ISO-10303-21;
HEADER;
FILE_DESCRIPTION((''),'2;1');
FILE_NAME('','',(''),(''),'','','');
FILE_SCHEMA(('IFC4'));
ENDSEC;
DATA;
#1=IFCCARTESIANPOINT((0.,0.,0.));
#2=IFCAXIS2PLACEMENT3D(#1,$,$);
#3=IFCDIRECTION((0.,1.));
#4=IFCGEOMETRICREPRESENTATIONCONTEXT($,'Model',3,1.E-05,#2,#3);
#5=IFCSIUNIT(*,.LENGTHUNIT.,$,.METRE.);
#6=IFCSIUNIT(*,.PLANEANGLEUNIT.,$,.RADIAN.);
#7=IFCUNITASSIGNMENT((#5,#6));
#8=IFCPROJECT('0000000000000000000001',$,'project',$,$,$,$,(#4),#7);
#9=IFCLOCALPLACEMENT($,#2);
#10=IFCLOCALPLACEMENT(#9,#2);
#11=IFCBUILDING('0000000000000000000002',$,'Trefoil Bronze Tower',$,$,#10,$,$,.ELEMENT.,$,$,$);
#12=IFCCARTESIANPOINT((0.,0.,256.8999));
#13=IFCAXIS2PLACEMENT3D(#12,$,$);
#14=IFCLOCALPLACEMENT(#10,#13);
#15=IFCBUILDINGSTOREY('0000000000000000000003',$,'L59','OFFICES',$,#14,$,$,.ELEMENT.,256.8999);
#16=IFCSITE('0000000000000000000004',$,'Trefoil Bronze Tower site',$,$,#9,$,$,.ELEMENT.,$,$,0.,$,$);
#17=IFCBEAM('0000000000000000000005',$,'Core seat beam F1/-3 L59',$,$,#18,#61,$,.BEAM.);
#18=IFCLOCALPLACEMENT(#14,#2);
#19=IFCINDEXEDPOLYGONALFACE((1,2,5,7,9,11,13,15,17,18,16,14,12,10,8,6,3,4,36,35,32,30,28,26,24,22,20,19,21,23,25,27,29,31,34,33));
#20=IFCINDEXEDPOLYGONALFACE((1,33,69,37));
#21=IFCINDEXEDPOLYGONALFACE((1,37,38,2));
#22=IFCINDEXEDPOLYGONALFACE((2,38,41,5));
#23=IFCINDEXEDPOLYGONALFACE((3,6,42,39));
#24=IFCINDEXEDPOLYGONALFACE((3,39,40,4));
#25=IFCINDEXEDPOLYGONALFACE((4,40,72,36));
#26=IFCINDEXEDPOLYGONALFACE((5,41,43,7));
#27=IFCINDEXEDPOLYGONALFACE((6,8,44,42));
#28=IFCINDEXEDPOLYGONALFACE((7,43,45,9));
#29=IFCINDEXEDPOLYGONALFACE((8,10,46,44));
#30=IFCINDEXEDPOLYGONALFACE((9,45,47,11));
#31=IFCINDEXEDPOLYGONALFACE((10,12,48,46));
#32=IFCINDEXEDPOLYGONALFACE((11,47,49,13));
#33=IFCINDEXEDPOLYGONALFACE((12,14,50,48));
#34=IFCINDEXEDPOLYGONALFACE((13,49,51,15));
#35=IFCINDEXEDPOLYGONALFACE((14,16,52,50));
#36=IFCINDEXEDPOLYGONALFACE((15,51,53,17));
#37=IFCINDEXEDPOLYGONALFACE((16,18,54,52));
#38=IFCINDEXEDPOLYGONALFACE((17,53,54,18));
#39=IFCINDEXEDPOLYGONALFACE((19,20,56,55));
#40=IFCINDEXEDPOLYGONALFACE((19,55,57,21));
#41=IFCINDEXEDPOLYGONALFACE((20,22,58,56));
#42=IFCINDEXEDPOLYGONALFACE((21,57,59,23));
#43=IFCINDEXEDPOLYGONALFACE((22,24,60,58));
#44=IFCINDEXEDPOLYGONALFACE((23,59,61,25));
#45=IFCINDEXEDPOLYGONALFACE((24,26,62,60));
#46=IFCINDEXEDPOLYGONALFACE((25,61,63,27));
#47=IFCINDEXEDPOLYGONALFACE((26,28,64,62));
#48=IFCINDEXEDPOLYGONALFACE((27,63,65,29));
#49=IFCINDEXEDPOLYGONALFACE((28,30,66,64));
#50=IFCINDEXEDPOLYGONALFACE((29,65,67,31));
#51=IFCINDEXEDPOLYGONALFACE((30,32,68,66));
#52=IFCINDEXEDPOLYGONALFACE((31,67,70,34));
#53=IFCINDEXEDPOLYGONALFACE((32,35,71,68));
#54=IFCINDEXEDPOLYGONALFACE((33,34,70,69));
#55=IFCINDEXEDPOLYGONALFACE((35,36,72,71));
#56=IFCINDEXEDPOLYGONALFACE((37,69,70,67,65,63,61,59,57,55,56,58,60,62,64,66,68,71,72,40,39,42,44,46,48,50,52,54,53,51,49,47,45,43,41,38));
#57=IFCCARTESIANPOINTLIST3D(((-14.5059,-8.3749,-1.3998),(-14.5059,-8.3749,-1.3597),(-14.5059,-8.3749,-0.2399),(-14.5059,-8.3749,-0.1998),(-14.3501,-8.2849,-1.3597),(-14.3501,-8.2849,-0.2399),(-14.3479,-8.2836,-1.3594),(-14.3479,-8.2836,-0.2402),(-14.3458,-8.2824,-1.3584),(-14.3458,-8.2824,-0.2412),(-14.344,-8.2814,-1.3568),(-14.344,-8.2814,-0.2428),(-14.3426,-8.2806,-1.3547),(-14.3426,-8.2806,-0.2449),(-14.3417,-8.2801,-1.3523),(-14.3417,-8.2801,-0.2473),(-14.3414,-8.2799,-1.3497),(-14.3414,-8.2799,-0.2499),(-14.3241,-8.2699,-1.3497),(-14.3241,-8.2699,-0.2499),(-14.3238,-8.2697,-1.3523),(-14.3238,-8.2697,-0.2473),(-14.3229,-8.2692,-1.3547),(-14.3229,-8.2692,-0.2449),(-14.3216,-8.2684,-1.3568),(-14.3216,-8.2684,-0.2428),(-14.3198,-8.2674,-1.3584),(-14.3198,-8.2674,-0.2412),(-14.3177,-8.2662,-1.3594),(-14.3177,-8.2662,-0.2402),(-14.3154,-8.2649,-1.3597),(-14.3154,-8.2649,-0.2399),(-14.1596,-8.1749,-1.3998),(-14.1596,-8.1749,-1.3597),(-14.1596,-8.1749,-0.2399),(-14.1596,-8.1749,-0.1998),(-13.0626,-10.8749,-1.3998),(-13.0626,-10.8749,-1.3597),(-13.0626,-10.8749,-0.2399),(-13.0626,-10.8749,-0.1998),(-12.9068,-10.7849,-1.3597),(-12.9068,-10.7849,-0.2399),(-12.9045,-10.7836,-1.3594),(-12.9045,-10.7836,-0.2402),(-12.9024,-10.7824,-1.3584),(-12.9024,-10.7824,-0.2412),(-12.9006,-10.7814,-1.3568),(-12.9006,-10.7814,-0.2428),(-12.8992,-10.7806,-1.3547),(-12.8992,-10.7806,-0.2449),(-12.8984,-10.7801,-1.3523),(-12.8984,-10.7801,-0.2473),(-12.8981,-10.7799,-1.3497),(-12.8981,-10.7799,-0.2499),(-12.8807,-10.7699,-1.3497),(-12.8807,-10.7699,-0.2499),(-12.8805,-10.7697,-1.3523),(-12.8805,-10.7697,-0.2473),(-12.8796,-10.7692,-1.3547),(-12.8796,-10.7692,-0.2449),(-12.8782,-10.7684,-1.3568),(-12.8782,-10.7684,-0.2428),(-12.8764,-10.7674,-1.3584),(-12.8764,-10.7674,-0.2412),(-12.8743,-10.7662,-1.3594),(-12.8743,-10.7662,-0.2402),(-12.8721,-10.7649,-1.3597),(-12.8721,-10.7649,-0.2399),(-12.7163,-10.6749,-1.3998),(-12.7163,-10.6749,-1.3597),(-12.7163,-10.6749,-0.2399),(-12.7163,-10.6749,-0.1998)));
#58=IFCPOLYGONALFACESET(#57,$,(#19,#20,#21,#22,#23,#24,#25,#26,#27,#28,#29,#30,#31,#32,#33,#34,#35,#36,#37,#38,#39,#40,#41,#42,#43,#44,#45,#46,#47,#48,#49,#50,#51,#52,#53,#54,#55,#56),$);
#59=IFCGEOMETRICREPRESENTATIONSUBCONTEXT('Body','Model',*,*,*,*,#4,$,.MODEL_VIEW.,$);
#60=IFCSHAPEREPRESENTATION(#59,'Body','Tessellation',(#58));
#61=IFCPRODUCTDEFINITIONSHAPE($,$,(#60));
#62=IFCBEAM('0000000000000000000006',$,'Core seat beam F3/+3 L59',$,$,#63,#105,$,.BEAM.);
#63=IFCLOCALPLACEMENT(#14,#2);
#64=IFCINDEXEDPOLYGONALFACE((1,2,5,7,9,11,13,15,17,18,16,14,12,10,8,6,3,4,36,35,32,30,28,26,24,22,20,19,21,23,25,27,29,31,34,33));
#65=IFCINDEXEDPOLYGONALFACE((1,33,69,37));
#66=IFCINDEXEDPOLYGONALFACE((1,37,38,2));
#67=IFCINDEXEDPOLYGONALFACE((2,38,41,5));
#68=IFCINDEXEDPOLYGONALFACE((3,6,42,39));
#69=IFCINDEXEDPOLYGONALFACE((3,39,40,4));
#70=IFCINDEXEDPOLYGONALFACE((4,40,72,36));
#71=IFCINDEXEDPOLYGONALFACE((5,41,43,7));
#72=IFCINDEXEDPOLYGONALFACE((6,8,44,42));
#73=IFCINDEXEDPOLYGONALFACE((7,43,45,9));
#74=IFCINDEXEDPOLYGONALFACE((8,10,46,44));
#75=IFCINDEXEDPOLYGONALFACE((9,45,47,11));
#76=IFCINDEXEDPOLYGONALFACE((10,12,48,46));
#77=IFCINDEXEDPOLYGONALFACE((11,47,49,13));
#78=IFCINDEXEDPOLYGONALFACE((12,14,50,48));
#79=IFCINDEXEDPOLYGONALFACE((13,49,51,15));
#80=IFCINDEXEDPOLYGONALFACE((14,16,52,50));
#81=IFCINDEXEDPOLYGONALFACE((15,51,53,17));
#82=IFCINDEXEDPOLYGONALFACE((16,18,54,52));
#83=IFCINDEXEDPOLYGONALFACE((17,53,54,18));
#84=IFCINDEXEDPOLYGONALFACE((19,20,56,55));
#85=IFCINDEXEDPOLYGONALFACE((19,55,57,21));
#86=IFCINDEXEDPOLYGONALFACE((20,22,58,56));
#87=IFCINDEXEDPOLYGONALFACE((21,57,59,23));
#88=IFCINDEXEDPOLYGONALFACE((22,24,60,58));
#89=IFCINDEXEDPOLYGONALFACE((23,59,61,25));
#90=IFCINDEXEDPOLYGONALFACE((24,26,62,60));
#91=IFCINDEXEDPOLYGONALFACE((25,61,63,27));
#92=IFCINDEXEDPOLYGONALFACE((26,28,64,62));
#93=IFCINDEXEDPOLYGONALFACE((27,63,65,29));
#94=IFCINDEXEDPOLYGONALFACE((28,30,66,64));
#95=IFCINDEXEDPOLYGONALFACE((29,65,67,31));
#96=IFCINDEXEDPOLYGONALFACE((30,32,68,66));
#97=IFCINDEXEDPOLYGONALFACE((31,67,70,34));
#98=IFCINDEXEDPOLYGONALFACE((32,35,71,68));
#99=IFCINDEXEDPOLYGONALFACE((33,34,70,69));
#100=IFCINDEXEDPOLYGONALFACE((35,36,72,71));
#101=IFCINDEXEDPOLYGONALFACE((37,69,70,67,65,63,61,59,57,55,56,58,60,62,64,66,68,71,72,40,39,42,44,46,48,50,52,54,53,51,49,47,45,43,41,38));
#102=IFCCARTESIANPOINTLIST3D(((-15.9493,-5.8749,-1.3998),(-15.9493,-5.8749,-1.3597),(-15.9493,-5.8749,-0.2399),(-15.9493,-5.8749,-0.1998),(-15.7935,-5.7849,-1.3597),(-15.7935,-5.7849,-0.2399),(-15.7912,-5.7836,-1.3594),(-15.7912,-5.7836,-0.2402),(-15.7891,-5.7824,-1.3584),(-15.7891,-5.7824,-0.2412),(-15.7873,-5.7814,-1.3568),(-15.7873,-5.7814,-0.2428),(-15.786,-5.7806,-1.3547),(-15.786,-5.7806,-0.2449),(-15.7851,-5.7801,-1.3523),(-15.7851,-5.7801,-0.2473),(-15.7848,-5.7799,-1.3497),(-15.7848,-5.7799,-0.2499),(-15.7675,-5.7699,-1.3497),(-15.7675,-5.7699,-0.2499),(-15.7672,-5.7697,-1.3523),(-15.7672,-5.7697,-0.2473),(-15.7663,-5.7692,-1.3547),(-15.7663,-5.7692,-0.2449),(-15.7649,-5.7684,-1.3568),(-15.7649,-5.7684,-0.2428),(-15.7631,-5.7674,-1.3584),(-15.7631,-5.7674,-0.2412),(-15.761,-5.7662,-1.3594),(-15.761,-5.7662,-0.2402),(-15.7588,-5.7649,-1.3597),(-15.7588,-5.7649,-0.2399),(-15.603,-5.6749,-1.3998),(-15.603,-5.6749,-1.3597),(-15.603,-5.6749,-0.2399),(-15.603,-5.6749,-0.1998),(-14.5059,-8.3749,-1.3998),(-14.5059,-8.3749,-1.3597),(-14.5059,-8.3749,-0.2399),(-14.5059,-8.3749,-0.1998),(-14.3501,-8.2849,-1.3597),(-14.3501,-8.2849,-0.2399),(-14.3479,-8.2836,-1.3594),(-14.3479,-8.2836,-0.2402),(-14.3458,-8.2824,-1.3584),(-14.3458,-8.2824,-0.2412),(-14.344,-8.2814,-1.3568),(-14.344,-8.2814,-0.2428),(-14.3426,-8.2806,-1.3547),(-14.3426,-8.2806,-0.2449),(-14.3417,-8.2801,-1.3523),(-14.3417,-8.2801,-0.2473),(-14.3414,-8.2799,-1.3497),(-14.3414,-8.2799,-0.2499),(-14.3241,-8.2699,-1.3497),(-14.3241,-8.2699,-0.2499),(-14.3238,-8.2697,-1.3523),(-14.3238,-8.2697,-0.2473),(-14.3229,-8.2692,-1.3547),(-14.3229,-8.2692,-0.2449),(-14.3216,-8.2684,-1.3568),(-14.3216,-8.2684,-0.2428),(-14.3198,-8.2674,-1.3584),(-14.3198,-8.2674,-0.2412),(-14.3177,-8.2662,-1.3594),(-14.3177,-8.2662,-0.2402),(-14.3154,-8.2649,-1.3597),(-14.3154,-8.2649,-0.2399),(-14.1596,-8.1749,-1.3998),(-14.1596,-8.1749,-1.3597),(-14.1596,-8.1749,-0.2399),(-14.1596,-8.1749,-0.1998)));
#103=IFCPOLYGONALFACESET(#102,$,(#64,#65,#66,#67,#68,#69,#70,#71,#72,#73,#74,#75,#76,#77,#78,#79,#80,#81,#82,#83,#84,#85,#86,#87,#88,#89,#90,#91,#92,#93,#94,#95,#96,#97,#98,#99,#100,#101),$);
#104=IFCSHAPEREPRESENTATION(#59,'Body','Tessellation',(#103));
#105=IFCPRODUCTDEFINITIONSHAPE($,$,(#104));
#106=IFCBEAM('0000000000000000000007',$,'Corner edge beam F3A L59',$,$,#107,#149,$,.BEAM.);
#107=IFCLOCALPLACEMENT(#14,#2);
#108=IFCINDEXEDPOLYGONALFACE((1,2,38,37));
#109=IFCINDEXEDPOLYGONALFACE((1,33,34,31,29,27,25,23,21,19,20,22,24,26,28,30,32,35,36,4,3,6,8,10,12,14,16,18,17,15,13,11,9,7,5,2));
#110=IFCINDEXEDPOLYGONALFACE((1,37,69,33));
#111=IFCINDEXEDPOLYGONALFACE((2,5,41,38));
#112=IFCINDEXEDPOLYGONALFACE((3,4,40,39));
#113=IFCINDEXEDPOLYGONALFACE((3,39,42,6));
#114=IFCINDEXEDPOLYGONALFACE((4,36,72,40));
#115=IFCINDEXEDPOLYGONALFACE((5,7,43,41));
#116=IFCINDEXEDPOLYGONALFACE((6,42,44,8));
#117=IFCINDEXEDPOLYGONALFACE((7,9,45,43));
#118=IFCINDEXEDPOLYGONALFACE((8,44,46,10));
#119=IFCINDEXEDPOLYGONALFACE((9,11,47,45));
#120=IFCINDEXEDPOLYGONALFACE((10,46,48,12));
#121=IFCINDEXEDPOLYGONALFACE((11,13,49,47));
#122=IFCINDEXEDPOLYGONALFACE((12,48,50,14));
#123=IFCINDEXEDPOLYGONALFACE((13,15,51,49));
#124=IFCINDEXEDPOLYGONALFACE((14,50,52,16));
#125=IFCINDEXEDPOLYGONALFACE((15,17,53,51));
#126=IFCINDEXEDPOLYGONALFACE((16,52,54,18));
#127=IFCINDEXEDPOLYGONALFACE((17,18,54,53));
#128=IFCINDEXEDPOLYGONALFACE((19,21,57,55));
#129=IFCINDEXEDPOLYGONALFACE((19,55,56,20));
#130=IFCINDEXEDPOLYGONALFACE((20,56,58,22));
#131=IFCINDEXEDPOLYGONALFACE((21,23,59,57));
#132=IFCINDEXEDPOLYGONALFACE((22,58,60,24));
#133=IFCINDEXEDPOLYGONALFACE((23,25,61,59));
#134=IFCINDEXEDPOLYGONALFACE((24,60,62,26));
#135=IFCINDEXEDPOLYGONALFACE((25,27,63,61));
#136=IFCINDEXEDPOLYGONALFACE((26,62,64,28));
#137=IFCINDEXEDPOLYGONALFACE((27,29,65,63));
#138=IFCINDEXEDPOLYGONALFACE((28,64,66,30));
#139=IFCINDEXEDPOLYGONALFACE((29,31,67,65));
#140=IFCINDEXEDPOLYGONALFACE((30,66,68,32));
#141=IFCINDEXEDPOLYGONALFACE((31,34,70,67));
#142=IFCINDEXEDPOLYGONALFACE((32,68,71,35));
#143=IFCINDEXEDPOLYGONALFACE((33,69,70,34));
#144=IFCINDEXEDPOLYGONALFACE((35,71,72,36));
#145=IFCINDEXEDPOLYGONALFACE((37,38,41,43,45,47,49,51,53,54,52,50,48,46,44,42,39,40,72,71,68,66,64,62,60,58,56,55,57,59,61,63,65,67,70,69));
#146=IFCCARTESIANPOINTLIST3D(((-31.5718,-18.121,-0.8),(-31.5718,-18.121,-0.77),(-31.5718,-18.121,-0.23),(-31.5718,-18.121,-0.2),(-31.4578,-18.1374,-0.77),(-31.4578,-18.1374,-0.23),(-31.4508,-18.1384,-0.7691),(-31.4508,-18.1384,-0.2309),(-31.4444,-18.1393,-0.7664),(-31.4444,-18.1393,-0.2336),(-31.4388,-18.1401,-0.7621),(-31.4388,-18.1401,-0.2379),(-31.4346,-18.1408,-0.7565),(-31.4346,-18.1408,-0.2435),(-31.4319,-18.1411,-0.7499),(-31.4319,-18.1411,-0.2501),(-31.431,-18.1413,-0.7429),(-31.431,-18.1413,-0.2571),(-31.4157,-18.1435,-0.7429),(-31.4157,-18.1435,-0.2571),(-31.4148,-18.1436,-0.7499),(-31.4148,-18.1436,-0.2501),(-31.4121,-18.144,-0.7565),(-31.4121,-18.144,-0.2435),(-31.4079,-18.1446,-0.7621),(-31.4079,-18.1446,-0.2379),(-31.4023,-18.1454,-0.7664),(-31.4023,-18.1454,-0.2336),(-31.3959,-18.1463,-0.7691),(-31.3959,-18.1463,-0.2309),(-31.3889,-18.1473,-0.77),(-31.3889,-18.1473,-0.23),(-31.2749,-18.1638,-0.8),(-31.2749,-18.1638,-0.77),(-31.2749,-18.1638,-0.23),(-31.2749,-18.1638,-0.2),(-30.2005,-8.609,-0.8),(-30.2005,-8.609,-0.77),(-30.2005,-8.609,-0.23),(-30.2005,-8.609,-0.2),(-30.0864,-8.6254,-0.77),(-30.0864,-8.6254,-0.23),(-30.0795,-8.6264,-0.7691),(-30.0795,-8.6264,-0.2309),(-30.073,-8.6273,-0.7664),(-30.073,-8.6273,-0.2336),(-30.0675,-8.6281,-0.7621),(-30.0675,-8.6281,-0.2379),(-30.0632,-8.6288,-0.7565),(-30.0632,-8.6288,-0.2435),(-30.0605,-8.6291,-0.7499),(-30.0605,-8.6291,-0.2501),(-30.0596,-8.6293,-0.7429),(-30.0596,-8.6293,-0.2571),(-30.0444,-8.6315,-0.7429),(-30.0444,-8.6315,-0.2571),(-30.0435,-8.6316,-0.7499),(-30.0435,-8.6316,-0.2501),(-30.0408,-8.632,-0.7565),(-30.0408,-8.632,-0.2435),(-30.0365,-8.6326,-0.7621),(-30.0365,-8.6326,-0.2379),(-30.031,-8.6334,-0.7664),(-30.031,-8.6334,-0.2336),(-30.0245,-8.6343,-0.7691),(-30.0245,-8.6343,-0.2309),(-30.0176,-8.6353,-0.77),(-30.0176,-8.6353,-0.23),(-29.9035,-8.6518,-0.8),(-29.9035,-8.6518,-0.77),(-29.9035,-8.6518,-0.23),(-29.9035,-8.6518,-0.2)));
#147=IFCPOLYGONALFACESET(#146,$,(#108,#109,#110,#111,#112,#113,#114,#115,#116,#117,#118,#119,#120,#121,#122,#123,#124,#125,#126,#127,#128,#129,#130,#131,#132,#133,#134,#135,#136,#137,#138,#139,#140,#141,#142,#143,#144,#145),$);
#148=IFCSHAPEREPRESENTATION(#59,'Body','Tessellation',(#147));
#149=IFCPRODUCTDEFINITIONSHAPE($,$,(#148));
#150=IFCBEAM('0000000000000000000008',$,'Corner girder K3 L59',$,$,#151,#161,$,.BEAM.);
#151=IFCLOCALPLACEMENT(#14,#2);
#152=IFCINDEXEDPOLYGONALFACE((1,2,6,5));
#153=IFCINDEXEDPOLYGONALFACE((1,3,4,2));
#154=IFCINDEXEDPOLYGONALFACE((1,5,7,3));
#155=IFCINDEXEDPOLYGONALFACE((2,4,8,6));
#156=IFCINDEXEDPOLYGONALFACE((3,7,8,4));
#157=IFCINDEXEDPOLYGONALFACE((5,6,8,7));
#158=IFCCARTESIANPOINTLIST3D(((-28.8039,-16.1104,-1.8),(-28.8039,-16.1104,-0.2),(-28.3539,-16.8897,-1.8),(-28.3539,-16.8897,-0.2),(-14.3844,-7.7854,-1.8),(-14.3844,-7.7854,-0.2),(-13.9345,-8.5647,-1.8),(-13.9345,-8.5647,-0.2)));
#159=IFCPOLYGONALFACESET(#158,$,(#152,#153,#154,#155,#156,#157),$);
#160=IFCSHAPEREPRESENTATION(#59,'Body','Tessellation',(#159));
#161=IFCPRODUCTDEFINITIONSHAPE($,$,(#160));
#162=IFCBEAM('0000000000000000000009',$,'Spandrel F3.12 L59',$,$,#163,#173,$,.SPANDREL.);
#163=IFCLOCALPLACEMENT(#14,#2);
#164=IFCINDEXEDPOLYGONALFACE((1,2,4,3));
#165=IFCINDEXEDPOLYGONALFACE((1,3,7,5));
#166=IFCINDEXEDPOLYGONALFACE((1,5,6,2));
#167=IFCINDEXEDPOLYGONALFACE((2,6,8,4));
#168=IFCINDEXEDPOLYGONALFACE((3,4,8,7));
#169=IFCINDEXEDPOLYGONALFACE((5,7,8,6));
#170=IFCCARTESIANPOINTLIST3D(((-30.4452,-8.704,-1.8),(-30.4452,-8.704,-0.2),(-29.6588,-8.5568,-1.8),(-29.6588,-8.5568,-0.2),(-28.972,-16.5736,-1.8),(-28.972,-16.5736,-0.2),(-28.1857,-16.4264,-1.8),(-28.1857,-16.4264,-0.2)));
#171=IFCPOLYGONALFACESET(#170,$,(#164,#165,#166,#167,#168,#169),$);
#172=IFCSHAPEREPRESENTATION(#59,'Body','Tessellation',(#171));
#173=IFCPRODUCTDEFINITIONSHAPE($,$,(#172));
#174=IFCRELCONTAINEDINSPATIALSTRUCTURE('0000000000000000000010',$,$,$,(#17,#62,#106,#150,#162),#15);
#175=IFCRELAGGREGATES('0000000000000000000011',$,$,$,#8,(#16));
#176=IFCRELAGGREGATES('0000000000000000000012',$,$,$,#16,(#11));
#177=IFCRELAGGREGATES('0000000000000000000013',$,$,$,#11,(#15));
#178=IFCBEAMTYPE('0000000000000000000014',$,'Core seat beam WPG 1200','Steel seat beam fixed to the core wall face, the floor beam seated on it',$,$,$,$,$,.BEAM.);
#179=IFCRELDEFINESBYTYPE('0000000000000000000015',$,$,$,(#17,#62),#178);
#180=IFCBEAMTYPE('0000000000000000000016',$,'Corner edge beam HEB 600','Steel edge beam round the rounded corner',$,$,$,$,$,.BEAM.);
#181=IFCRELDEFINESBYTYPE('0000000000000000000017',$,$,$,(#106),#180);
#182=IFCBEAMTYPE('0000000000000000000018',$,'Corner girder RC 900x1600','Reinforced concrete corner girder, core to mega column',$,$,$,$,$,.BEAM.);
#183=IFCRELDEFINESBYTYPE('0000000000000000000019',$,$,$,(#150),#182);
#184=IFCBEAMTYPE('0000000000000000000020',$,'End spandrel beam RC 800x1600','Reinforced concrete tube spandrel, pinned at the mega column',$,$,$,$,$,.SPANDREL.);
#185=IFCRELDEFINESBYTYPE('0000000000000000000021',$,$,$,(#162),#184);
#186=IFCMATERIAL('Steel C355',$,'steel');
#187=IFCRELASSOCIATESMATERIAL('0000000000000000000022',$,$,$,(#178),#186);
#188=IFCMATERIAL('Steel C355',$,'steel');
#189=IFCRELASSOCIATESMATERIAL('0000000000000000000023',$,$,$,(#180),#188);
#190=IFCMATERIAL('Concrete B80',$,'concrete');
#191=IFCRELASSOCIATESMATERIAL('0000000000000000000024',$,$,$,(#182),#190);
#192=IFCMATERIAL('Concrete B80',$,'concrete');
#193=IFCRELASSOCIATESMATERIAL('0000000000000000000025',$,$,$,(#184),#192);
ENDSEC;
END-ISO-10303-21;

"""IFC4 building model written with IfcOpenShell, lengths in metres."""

from ifc_helpers import new_model, si_unit, direction, frame, origin, origin_2d, place, context, subcontext, project, spatial, rectangle, i_section, extrude, material, material_profile, profile_set, type_object, element, save


model = new_model("IFC4")

# Units and contexts
model_context = context("Model", 3, precision=1e-05, world=origin(), true_north=direction((0.0, 1.0)))
body_context = subcontext(model_context, "Body", "Model", "MODEL_VIEW")
ifc_project = project(units=[si_unit("LENGTHUNIT", "METRE"), si_unit("PLANEANGLEUNIT", "RADIAN")], contexts=[model_context])

# Site, building, storey
site_placement = place(None, origin())
site = spatial("IfcSite", under=ifc_project, at=site_placement, Name="Trefoil Bronze Tower site", CompositionType="ELEMENT", RefElevation=0.0)
building_placement = place(site_placement, origin())
building = spatial("IfcBuilding", under=site, at=building_placement, Name="Trefoil Bronze Tower", CompositionType="ELEMENT")
storey_placement = place(building_placement, frame((0.0, 0.0, 256.8999)))
storey = spatial("IfcBuildingStorey", under=building, at=storey_placement, Name="L59", Description="OFFICES", CompositionType="ELEMENT", Elevation=256.8999)

# Beams
ifc_material_1 = material(Name="Steel C355", Category="steel")
ifc_material_profile_1 = material_profile(ifc_material_1, i_section(OverallWidth=0.3999, OverallDepth=1.2, WebThickness=0.02, FlangeThickness=0.04, FilletRadius=0.01, at=origin_2d()), Name="WPG 1200")
ifc_profile_set_1 = profile_set([ifc_material_profile_1], Name="Steel C355")
beam_type_1 = type_object("IfcBeamType", Name="Core seat beam WPG 1200", Description="Steel seat beam fixed to the core wall face, the floor beam seated on it", PredefinedType="BEAM", material=ifc_profile_set_1)
for number, where, z_axis, x_axis, name in (
    (1, (-14.3328, -8.2749, -0.7998), (0.499996, -0.866028, 0.0), (0.866028, 0.499996, 0.0), "Core seat beam F1/-3 L59"),
    (2, (-15.7761, -5.7749, -0.7998), (0.499996, -0.866028, 0.0), (0.866028, 0.499996, 0.0), "Core seat beam F3/+3 L59"),
):
    element("IfcBeam", number, at=place(storey_placement, frame(where, z_axis=z_axis, x_axis=x_axis)), inside=storey, type_object=beam_type_1, Name=name, PredefinedType="BEAM", context=body_context, shape_type="SweptSolid", body=[
        extrude(i_section(OverallWidth=0.3999, OverallDepth=1.2, WebThickness=0.02, FlangeThickness=0.04, FilletRadius=0.01, at=origin_2d()), origin(), (0.0, 0.0, 1.0), 2.8867),
    ])
ifc_material_2 = material(Name="Steel C355", Category="steel")
ifc_material_profile_2 = material_profile(ifc_material_2, i_section(OverallWidth=0.3, OverallDepth=0.6001, WebThickness=0.0154, FlangeThickness=0.03, FilletRadius=0.0271, at=origin_2d()), Name="HEB 600")
ifc_profile_set_2 = profile_set([ifc_material_profile_2], Name="Steel C355")
beam_type_2 = type_object("IfcBeamType", Name="Corner edge beam HEB 600", Description="Steel edge beam round the rounded corner", PredefinedType="BEAM", material=ifc_profile_set_2)
beam_1_placement = place(storey_placement, frame((-30.052, -8.6304, -0.5), z_axis=(-0.142694, -0.989767, 0.0), x_axis=(0.989767, -0.142694, 0.0)))
element("IfcBeam", 3, at=beam_1_placement, inside=storey, type_object=beam_type_2, Name="Corner edge beam F3A L59", PredefinedType="BEAM", context=body_context, shape_type="SweptSolid", body=[
    extrude(i_section(OverallWidth=0.3, OverallDepth=0.6001, WebThickness=0.0154, FlangeThickness=0.03, FilletRadius=0.0271, at=origin_2d()), origin(), (0.0, 0.0, 1.0), 9.6104),
])
ifc_material_3 = material(Name="Concrete B80", Category="concrete")
ifc_material_profile_3 = material_profile(ifc_material_3, rectangle(XDim=0.8999, YDim=1.6001, at=origin_2d()), Name="RC 900x1600")
ifc_profile_set_3 = profile_set([ifc_material_profile_3], Name="Concrete B80")
beam_type_3 = type_object("IfcBeamType", Name="Corner girder RC 900x1600", Description="Reinforced concrete corner girder, core to mega column", PredefinedType="BEAM", material=ifc_profile_set_3)
beam_2_placement = place(storey_placement, frame((-14.1594, -8.175, -1.0), z_axis=(-0.866028, -0.499995, 0.0), x_axis=(0.499995, -0.866028, 0.0)))
element("IfcBeam", 4, at=beam_2_placement, inside=storey, type_object=beam_type_3, Name="Corner girder K3 L59", PredefinedType="BEAM", context=body_context, shape_type="SweptSolid", body=[
    extrude(rectangle(XDim=0.8999, YDim=1.6001, at=origin_2d()), origin(), (0.0, 0.0, 1.0), 16.6501),
])
ifc_material_4 = material(Name="Concrete B80", Category="concrete")
ifc_material_profile_4 = material_profile(ifc_material_4, rectangle(XDim=0.8, YDim=1.6001, at=origin_2d()), Name="RC 800x1600")
ifc_profile_set_4 = profile_set([ifc_material_profile_4], Name="Concrete B80")
beam_type_4 = type_object("IfcBeamType", Name="End spandrel beam RC 800x1600", Description="Reinforced concrete tube spandrel, pinned at the mega column", PredefinedType="SPANDREL", material=ifc_profile_set_4)
beam_3_placement = place(storey_placement, frame((-30.052, -8.6304, -1.0), z_axis=(0.183998, -0.982927, 0.0), x_axis=(0.982927, 0.183998, 0.0)))
element("IfcBeam", 5, at=beam_3_placement, inside=storey, type_object=beam_type_4, Name="Spandrel F3.12 L59", PredefinedType="SPANDREL", context=body_context, shape_type="SweptSolid", body=[
    extrude(rectangle(XDim=0.8, YDim=1.6001, at=origin_2d()), origin(), (0.0, 0.0, 1.0), 8.0063),
])

save(model, "model.ifc")
